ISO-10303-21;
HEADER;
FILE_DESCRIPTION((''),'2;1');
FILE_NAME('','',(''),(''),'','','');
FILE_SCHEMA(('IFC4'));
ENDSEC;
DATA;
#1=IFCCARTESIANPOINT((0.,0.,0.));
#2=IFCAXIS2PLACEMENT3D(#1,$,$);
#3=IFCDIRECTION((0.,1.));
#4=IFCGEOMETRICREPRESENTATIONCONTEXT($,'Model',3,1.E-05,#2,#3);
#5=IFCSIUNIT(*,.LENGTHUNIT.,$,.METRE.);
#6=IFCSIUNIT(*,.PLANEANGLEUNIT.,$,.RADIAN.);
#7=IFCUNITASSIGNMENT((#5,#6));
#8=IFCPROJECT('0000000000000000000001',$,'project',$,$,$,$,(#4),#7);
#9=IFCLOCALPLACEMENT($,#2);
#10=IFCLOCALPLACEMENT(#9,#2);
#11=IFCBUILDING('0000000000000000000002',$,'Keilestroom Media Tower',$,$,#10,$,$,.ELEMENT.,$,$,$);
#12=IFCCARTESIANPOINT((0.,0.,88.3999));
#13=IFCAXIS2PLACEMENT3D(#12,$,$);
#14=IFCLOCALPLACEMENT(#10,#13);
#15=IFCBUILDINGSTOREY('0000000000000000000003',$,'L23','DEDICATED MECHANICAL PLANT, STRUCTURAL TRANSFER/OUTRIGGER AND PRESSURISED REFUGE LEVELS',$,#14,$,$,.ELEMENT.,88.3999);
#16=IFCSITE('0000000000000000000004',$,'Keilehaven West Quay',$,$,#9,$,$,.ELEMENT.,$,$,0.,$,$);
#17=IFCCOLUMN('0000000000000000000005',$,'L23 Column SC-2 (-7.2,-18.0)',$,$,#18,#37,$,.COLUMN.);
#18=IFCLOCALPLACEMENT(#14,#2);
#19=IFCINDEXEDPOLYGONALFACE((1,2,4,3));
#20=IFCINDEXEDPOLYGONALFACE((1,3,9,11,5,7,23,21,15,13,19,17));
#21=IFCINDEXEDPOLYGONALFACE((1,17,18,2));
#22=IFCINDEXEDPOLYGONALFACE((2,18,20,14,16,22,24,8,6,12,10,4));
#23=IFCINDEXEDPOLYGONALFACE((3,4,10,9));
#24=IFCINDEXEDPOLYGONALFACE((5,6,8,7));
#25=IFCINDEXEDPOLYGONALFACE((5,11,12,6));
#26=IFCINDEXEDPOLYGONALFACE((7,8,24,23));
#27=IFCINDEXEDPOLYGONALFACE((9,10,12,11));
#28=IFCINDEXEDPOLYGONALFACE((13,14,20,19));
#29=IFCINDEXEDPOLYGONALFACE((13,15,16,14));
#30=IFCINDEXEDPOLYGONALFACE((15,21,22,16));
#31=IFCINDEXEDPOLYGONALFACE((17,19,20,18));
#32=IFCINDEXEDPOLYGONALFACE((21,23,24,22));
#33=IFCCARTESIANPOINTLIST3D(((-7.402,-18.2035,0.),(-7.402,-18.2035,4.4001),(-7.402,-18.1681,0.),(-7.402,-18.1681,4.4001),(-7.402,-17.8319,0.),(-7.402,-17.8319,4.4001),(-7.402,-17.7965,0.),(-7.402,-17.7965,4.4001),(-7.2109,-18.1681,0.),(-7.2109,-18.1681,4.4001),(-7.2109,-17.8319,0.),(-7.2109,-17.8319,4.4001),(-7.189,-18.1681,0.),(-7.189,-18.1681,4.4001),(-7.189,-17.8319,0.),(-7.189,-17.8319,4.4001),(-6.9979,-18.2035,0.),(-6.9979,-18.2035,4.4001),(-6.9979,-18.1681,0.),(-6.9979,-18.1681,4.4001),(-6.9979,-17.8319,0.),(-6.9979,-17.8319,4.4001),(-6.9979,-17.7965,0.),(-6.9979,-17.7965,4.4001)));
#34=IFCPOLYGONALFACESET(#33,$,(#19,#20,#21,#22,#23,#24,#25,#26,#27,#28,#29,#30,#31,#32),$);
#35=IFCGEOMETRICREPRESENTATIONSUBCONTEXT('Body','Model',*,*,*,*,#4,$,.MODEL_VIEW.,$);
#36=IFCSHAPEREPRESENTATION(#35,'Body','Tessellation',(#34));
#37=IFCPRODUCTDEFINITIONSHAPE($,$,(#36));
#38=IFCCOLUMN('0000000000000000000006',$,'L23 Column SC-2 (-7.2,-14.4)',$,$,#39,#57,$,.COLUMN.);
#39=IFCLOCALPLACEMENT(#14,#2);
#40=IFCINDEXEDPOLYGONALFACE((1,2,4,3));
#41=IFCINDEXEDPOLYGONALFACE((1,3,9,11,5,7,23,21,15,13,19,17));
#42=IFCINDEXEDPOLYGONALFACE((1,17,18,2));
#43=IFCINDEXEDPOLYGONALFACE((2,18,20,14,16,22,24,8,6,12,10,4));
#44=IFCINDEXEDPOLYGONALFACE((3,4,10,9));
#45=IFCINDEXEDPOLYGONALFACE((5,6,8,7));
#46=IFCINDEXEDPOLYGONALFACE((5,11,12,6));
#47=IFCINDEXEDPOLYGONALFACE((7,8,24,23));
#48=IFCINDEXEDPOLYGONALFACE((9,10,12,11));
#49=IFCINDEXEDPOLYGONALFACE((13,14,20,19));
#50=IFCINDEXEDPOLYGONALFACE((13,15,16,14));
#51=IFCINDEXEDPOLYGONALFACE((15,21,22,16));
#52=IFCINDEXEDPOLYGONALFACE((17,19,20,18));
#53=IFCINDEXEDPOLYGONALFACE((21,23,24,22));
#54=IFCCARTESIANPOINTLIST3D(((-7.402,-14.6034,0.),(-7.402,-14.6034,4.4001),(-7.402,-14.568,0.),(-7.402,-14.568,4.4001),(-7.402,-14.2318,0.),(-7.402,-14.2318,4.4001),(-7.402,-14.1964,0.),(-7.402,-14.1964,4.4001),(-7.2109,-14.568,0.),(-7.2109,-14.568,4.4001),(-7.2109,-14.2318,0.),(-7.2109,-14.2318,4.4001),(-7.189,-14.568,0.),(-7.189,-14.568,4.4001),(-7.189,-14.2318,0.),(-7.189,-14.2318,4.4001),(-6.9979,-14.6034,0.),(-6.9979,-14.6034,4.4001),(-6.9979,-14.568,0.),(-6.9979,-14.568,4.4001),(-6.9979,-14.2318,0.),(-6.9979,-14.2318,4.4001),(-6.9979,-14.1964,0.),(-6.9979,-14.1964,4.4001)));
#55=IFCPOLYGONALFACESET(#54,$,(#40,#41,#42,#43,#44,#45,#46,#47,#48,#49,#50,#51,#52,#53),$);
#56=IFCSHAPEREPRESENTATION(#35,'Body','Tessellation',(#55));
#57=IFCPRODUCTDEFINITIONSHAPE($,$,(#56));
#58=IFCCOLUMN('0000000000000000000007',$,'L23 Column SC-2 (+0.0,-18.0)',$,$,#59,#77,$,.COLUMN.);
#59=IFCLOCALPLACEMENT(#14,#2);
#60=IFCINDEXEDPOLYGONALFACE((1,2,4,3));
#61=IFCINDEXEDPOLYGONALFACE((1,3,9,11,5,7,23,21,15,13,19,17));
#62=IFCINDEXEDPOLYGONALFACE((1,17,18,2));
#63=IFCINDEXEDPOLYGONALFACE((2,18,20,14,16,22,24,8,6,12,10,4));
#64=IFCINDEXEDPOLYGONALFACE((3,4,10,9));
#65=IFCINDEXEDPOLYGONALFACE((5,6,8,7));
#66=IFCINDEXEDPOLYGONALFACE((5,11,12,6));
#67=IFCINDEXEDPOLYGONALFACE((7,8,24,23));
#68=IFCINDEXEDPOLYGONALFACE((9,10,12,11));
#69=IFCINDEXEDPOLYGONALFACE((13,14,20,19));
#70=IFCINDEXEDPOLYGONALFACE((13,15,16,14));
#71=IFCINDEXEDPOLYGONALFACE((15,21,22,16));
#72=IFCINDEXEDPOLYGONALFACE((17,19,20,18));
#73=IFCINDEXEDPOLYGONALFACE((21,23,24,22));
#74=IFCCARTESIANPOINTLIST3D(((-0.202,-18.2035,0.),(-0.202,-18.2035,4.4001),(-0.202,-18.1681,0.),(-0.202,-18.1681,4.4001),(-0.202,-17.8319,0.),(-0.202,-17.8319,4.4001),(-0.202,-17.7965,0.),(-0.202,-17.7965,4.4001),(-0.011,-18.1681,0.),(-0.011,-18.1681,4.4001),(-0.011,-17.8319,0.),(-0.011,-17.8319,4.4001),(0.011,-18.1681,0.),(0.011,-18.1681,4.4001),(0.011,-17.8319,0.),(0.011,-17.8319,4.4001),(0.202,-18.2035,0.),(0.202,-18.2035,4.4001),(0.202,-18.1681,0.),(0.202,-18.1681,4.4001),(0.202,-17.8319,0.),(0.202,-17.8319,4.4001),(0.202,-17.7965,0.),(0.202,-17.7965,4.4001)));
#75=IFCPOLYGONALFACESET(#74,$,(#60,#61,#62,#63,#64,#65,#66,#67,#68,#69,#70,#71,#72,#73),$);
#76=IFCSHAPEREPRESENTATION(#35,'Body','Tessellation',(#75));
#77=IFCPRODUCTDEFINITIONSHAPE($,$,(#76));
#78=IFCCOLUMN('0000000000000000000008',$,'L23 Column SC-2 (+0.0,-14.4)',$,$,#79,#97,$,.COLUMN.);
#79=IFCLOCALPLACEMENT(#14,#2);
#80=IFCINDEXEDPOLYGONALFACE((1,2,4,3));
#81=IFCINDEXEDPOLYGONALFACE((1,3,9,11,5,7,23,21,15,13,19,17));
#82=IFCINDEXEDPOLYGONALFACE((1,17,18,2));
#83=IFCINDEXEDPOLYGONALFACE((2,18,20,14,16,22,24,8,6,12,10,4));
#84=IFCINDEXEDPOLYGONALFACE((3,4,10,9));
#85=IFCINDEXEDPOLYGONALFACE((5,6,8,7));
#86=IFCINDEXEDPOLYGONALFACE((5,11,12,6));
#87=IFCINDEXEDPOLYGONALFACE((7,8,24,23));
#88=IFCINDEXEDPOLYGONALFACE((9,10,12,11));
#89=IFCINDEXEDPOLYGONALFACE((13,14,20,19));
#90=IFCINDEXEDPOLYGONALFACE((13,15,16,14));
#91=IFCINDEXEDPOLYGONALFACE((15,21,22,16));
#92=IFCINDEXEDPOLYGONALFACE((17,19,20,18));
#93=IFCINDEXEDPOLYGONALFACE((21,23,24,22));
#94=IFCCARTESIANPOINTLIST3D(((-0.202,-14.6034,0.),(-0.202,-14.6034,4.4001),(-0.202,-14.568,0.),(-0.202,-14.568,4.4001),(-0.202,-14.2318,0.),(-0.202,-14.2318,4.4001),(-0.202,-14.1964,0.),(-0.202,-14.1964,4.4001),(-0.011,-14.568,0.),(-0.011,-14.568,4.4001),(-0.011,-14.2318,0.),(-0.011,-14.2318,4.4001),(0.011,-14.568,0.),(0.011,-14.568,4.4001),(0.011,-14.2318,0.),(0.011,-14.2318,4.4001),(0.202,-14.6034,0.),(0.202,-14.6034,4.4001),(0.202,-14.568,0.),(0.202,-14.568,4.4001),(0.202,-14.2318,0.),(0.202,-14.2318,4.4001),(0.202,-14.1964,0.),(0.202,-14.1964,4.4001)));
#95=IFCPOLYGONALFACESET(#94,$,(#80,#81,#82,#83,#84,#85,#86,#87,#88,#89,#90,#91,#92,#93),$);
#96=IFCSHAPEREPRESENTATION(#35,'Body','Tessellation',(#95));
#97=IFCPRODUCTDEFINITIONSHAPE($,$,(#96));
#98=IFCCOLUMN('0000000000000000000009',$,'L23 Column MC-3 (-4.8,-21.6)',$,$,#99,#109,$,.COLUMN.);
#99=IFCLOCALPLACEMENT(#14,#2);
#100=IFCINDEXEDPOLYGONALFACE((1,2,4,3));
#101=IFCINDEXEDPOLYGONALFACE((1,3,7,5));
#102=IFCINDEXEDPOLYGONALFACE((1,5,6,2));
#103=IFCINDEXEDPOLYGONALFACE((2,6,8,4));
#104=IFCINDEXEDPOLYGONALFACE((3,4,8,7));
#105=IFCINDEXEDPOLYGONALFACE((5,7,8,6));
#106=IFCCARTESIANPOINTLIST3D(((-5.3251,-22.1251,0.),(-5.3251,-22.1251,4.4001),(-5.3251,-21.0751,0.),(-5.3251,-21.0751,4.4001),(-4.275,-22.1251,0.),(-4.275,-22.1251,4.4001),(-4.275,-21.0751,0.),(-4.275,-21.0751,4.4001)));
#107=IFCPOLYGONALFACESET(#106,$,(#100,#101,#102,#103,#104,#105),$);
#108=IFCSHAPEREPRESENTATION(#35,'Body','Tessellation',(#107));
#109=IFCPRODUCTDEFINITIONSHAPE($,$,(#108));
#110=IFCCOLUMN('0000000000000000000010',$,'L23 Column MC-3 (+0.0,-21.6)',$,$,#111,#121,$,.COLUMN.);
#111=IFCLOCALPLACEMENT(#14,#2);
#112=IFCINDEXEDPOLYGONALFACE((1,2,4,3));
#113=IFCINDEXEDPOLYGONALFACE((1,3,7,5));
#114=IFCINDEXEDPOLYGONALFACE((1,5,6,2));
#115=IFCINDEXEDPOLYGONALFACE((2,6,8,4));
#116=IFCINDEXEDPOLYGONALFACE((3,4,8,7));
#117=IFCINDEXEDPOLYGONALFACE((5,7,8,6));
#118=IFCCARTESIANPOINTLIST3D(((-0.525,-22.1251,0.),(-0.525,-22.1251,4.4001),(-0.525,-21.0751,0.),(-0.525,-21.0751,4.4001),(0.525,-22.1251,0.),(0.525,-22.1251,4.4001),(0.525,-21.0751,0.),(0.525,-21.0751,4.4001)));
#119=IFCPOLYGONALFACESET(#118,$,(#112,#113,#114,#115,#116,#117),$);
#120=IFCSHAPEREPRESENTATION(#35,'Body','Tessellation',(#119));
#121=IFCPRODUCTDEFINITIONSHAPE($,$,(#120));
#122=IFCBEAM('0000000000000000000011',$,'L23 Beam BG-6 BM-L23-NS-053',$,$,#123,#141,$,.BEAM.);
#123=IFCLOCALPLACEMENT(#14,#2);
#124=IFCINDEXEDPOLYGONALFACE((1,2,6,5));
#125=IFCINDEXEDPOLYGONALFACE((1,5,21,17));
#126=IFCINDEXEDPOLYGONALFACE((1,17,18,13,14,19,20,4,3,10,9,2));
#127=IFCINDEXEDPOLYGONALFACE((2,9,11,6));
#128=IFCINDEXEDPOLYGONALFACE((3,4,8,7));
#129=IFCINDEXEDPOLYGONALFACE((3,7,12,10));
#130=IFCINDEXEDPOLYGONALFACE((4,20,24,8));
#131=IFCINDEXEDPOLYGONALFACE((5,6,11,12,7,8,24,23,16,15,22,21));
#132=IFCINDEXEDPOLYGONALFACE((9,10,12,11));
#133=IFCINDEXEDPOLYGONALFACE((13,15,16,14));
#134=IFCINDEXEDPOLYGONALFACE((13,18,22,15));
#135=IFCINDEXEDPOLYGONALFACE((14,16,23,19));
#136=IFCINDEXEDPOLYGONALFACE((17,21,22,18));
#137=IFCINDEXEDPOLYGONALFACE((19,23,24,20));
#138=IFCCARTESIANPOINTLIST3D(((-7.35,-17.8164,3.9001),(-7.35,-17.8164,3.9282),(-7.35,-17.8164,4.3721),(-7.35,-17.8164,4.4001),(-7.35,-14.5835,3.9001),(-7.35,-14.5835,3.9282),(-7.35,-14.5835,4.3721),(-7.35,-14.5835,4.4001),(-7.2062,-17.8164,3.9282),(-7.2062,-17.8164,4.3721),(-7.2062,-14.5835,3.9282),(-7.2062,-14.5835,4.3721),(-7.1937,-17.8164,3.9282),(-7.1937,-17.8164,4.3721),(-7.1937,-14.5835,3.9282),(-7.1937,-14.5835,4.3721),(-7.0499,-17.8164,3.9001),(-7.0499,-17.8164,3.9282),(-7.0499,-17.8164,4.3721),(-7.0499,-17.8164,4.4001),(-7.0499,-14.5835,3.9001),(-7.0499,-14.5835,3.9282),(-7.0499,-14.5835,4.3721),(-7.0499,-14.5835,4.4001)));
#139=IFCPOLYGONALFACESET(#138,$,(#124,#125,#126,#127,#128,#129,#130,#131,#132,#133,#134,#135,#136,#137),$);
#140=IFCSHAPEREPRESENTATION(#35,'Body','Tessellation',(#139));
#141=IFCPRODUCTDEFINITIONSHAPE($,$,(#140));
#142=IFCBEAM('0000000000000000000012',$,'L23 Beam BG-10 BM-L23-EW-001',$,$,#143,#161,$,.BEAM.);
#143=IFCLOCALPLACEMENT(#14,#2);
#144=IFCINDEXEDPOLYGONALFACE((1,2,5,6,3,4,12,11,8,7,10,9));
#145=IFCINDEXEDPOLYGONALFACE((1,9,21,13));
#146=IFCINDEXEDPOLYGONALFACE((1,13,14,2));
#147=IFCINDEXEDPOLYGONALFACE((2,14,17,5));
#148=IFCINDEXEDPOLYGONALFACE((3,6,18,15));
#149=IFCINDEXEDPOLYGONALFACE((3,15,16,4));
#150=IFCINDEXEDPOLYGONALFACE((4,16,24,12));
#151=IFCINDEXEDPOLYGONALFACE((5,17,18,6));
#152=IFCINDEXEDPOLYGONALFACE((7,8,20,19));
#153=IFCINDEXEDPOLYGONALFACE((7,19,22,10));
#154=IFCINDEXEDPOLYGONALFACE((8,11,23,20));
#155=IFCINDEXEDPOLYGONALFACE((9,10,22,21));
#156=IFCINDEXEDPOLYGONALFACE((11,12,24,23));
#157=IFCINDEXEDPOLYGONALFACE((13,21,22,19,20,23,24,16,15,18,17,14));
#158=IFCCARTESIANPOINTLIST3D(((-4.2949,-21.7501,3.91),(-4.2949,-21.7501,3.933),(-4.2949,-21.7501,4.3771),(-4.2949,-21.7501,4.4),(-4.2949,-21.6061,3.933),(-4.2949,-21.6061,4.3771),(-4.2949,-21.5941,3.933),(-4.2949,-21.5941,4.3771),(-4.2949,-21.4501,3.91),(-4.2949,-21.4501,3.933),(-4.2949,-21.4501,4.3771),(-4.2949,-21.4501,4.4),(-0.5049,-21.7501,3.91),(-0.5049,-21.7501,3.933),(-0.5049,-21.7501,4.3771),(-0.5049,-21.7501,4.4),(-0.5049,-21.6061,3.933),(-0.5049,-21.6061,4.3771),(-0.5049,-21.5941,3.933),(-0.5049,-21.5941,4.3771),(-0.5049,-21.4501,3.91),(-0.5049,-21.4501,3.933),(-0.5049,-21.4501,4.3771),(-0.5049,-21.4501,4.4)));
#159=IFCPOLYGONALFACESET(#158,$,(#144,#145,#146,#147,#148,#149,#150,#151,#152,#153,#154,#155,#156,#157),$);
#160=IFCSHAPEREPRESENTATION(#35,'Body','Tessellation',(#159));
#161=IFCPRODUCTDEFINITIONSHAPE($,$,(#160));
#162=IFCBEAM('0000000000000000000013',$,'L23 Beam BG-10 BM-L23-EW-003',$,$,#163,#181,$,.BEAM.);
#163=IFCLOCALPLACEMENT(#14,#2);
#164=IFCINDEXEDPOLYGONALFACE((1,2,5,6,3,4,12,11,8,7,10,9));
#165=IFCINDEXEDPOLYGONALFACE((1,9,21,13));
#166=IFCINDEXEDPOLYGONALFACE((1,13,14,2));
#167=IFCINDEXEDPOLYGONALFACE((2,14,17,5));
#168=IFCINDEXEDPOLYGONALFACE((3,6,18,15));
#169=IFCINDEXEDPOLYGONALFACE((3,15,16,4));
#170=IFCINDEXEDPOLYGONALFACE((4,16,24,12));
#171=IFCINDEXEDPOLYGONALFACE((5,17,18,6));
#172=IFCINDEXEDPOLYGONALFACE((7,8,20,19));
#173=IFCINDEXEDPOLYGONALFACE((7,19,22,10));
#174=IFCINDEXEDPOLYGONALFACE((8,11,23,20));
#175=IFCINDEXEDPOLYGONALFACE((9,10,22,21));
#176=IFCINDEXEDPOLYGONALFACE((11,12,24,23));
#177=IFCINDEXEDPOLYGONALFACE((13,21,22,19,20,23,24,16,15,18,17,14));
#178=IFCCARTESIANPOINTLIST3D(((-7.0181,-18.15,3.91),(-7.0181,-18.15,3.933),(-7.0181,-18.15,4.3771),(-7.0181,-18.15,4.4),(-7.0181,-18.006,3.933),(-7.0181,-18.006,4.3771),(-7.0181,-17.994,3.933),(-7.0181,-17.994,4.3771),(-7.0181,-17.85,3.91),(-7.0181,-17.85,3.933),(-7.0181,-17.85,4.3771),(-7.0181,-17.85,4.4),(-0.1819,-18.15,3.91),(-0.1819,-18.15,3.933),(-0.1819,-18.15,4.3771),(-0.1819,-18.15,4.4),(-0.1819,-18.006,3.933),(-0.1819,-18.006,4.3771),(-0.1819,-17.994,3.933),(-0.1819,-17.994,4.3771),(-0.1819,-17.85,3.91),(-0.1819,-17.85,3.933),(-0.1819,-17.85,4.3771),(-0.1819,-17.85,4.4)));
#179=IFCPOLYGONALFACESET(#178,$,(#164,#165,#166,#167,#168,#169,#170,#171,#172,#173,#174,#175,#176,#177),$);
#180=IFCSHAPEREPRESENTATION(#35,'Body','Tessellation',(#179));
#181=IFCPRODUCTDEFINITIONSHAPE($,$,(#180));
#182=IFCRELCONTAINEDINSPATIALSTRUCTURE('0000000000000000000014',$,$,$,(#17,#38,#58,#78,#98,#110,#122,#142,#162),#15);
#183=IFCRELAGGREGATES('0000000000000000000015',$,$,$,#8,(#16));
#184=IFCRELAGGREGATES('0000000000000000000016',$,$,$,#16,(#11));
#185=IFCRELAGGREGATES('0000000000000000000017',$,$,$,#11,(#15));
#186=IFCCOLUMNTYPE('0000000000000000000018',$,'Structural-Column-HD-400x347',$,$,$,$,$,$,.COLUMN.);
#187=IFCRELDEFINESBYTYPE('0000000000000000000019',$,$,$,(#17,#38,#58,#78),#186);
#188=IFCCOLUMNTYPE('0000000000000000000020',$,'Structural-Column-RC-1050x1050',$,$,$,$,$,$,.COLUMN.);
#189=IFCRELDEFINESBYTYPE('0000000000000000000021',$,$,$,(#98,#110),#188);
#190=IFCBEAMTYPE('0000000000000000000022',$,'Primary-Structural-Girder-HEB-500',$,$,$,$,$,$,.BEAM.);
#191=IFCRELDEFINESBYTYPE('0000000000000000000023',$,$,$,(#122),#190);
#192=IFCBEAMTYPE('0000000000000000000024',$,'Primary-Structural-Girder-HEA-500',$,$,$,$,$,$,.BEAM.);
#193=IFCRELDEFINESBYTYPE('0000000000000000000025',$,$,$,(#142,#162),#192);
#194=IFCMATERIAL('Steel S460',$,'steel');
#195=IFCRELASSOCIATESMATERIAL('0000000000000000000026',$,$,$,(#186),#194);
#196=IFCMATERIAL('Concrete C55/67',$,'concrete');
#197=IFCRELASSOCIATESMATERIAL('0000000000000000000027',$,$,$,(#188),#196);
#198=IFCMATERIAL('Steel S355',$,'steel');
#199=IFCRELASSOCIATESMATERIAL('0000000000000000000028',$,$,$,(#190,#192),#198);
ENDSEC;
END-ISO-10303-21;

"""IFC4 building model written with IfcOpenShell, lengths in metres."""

from ifc_helpers import new_model, si_unit, direction, frame, origin, origin_2d, place, context, subcontext, project, spatial, rectangle, i_section, extrude, source, transform, mapped, material, material_profile, profile_set, type_object, element, save


model = new_model("IFC4")

# Units and contexts
model_context = context("Model", 3, precision=1e-05, world=origin(), true_north=direction((0.0, 1.0)))
body_context = subcontext(model_context, "Body", "Model", "MODEL_VIEW")
ifc_project = project(units=[si_unit("LENGTHUNIT", "METRE"), si_unit("PLANEANGLEUNIT", "RADIAN")], contexts=[model_context])

# Site, building, storey
site_placement = place(None, origin())
site = spatial("IfcSite", under=ifc_project, at=site_placement, Name="Keilehaven West Quay", CompositionType="ELEMENT", RefElevation=0.0)
building_placement = place(site_placement, origin())
building = spatial("IfcBuilding", under=site, at=building_placement, Name="Keilestroom Media Tower", CompositionType="ELEMENT")
storey_placement = place(building_placement, frame((0.0, 0.0, 88.3999)))
storey = spatial("IfcBuildingStorey", under=building, at=storey_placement, Name="L23", Description="DEDICATED MECHANICAL PLANT, STRUCTURAL TRANSFER/OUTRIGGER AND PRESSURISED REFUGE LEVELS", CompositionType="ELEMENT", Elevation=88.3999)

# Columns
ifc_material_1 = material(Name="Steel S460", Category="steel")
ifc_material_profile_1 = material_profile(ifc_material_1, i_section(OverallWidth=0.4041, OverallDepth=0.407, WebThickness=0.022, FlangeThickness=0.0354, at=origin_2d()), Name="HD 400x347")
ifc_profile_set_1 = profile_set([ifc_material_profile_1], Name="Steel S460")
column_type_1 = type_object("IfcColumnType", Name="Structural-Column-HD-400x347", PredefinedType="COLUMN", material=ifc_profile_set_1)
shared_shape_1 = source(origin(), body_context, "Body", "SweptSolid", [
    extrude(i_section(OverallWidth=0.4041, OverallDepth=0.407, WebThickness=0.022, FlangeThickness=0.0354, at=origin_2d()), origin(), (0.0, 0.0, 1.0), 4.4001),
])
for number, where, z_axis, x_axis, name in (
    (1, (-7.2, -18.0, 0.0), (0.0, 0.0, 1.0), (1.0, 0.0, 0.0), "L23 Column SC-2 (-7.2,-18.0)"),
    (2, (-7.2, -14.3999, 0.0), (0.0, 0.0, 1.0), (1.0, 0.0, 0.0), "L23 Column SC-2 (-7.2,-14.4)"),
    (3, (0.0, -18.0, 0.0), (0.0, 0.0, 1.0), (1.0, 0.0, 0.0), "L23 Column SC-2 (+0.0,-18.0)"),
    (4, (0.0, -14.3999, 0.0), (0.0, 0.0, 1.0), (1.0, 0.0, 0.0), "L23 Column SC-2 (+0.0,-14.4)"),
):
    element("IfcColumn", number, at=place(storey_placement, frame(where, z_axis=z_axis, x_axis=x_axis)), inside=storey, type_object=column_type_1, Name=name, PredefinedType="COLUMN", context=body_context, shape_type="MappedRepresentation", body=[
        mapped(shared_shape_1, transform((0.0, 0.0, 0.0), x_axis=(1.0, 0.0, 0.0), y_axis=(0.0, 1.0, 0.0), z_axis=(0.0, 0.0, 1.0), scale=1.0)),
    ])
ifc_material_2 = material(Name="Concrete C55/67", Category="concrete")
ifc_material_profile_2 = material_profile(ifc_material_2, rectangle(XDim=1.05, YDim=1.05, at=origin_2d()), Name="RC 1050x1050")
ifc_profile_set_2 = profile_set([ifc_material_profile_2], Name="Concrete C55/67")
column_type_2 = type_object("IfcColumnType", Name="Structural-Column-RC-1050x1050", PredefinedType="COLUMN", material=ifc_profile_set_2)
shared_shape_2 = source(origin(), body_context, "Body", "SweptSolid", [
    extrude(rectangle(XDim=1.05, YDim=1.05, at=origin_2d()), origin(), (0.0, 0.0, 1.0), 4.4001),
])
for number, where, z_axis, x_axis, name in (
    (5, (-4.8, -21.6001, 0.0), (0.0, 0.0, 1.0), (1.0, 0.0, 0.0), "L23 Column MC-3 (-4.8,-21.6)"),
    (6, (0.0, -21.6001, 0.0), (0.0, 0.0, 1.0), (1.0, 0.0, 0.0), "L23 Column MC-3 (+0.0,-21.6)"),
):
    element("IfcColumn", number, at=place(storey_placement, frame(where, z_axis=z_axis, x_axis=x_axis)), inside=storey, type_object=column_type_2, Name=name, PredefinedType="COLUMN", context=body_context, shape_type="MappedRepresentation", body=[
        mapped(shared_shape_2, transform((0.0, 0.0, 0.0), x_axis=(1.0, 0.0, 0.0), y_axis=(0.0, 1.0, 0.0), z_axis=(0.0, 0.0, 1.0), scale=1.0)),
    ])

# Beams
ifc_material_3 = material(Name="Steel S355", Category="steel")
ifc_material_profile_3 = material_profile(ifc_material_3, i_section(OverallWidth=0.3, OverallDepth=0.5, WebThickness=0.0125, FlangeThickness=0.0281, at=origin_2d()), Name="HEB 500")
ifc_profile_set_3 = profile_set([ifc_material_profile_3], Name="Steel S355")
beam_type_1 = type_object("IfcBeamType", Name="Primary-Structural-Girder-HEB-500", PredefinedType="BEAM", material=ifc_profile_set_3)
shared_shape_3 = source(origin(), body_context, "Body", "SweptSolid", [
    extrude(i_section(OverallWidth=0.3, OverallDepth=0.5, WebThickness=0.0125, FlangeThickness=0.0281, at=origin_2d()), origin(), (0.0, 0.0, 1.0), 3.2329),
])
beam_1_placement = place(storey_placement, frame((-7.2, -17.8164, 4.1501), z_axis=(0.0, 1.0, 0.0), x_axis=(-1.0, 0.0, 0.0)))
element("IfcBeam", 7, at=beam_1_placement, inside=storey, type_object=beam_type_1, Name="L23 Beam BG-6 BM-L23-NS-053", PredefinedType="BEAM", context=body_context, shape_type="MappedRepresentation", body=[
    mapped(shared_shape_3, transform((0.0, 0.0, 0.0), x_axis=(1.0, 0.0, 0.0), y_axis=(0.0, 1.0, 0.0), z_axis=(0.0, 0.0, 1.0), scale=1.0)),
])
ifc_material_profile_4 = material_profile(ifc_material_3, i_section(OverallWidth=0.3, OverallDepth=0.49, WebThickness=0.012, FlangeThickness=0.0229, at=origin_2d()), Name="HEA 500")
ifc_profile_set_4 = profile_set([ifc_material_profile_4], Name="Steel S355")
beam_type_2 = type_object("IfcBeamType", Name="Primary-Structural-Girder-HEA-500", PredefinedType="BEAM", material=ifc_profile_set_4)
shared_shape_4 = source(origin(), body_context, "Body", "SweptSolid", [
    extrude(i_section(OverallWidth=0.3, OverallDepth=0.49, WebThickness=0.012, FlangeThickness=0.0229, at=origin_2d()), origin(), (0.0, 0.0, 1.0), 3.79),
])
beam_2_placement = place(storey_placement, frame((-4.2949, -21.6001, 4.155), z_axis=(1.0, 0.0, 0.0), x_axis=(0.0, 1.0, 0.0)))
element("IfcBeam", 8, at=beam_2_placement, inside=storey, type_object=beam_type_2, Name="L23 Beam BG-10 BM-L23-EW-001", PredefinedType="BEAM", context=body_context, shape_type="MappedRepresentation", body=[
    mapped(shared_shape_4, transform((0.0, 0.0, 0.0), x_axis=(1.0, 0.0, 0.0), y_axis=(0.0, 1.0, 0.0), z_axis=(0.0, 0.0, 1.0), scale=1.0)),
])
shared_shape_5 = source(origin(), body_context, "Body", "SweptSolid", [
    extrude(i_section(OverallWidth=0.3, OverallDepth=0.49, WebThickness=0.012, FlangeThickness=0.0229, at=origin_2d()), origin(), (0.0, 0.0, 1.0), 6.8362),
])
for number, where, z_axis, x_axis, name in (
    (9, (-7.0181, -18.0, 4.155), (1.0, 0.0, 0.0), (0.0, 1.0, 0.0), "L23 Beam BG-10 BM-L23-EW-003"),
):
    element("IfcBeam", number, at=place(storey_placement, frame(where, z_axis=z_axis, x_axis=x_axis)), inside=storey, type_object=beam_type_2, Name=name, PredefinedType="BEAM", context=body_context, shape_type="MappedRepresentation", body=[
        mapped(shared_shape_5, transform((0.0, 0.0, 0.0), x_axis=(1.0, 0.0, 0.0), y_axis=(0.0, 1.0, 0.0), z_axis=(0.0, 0.0, 1.0), scale=1.0)),
    ])

save(model, "model.ifc")
